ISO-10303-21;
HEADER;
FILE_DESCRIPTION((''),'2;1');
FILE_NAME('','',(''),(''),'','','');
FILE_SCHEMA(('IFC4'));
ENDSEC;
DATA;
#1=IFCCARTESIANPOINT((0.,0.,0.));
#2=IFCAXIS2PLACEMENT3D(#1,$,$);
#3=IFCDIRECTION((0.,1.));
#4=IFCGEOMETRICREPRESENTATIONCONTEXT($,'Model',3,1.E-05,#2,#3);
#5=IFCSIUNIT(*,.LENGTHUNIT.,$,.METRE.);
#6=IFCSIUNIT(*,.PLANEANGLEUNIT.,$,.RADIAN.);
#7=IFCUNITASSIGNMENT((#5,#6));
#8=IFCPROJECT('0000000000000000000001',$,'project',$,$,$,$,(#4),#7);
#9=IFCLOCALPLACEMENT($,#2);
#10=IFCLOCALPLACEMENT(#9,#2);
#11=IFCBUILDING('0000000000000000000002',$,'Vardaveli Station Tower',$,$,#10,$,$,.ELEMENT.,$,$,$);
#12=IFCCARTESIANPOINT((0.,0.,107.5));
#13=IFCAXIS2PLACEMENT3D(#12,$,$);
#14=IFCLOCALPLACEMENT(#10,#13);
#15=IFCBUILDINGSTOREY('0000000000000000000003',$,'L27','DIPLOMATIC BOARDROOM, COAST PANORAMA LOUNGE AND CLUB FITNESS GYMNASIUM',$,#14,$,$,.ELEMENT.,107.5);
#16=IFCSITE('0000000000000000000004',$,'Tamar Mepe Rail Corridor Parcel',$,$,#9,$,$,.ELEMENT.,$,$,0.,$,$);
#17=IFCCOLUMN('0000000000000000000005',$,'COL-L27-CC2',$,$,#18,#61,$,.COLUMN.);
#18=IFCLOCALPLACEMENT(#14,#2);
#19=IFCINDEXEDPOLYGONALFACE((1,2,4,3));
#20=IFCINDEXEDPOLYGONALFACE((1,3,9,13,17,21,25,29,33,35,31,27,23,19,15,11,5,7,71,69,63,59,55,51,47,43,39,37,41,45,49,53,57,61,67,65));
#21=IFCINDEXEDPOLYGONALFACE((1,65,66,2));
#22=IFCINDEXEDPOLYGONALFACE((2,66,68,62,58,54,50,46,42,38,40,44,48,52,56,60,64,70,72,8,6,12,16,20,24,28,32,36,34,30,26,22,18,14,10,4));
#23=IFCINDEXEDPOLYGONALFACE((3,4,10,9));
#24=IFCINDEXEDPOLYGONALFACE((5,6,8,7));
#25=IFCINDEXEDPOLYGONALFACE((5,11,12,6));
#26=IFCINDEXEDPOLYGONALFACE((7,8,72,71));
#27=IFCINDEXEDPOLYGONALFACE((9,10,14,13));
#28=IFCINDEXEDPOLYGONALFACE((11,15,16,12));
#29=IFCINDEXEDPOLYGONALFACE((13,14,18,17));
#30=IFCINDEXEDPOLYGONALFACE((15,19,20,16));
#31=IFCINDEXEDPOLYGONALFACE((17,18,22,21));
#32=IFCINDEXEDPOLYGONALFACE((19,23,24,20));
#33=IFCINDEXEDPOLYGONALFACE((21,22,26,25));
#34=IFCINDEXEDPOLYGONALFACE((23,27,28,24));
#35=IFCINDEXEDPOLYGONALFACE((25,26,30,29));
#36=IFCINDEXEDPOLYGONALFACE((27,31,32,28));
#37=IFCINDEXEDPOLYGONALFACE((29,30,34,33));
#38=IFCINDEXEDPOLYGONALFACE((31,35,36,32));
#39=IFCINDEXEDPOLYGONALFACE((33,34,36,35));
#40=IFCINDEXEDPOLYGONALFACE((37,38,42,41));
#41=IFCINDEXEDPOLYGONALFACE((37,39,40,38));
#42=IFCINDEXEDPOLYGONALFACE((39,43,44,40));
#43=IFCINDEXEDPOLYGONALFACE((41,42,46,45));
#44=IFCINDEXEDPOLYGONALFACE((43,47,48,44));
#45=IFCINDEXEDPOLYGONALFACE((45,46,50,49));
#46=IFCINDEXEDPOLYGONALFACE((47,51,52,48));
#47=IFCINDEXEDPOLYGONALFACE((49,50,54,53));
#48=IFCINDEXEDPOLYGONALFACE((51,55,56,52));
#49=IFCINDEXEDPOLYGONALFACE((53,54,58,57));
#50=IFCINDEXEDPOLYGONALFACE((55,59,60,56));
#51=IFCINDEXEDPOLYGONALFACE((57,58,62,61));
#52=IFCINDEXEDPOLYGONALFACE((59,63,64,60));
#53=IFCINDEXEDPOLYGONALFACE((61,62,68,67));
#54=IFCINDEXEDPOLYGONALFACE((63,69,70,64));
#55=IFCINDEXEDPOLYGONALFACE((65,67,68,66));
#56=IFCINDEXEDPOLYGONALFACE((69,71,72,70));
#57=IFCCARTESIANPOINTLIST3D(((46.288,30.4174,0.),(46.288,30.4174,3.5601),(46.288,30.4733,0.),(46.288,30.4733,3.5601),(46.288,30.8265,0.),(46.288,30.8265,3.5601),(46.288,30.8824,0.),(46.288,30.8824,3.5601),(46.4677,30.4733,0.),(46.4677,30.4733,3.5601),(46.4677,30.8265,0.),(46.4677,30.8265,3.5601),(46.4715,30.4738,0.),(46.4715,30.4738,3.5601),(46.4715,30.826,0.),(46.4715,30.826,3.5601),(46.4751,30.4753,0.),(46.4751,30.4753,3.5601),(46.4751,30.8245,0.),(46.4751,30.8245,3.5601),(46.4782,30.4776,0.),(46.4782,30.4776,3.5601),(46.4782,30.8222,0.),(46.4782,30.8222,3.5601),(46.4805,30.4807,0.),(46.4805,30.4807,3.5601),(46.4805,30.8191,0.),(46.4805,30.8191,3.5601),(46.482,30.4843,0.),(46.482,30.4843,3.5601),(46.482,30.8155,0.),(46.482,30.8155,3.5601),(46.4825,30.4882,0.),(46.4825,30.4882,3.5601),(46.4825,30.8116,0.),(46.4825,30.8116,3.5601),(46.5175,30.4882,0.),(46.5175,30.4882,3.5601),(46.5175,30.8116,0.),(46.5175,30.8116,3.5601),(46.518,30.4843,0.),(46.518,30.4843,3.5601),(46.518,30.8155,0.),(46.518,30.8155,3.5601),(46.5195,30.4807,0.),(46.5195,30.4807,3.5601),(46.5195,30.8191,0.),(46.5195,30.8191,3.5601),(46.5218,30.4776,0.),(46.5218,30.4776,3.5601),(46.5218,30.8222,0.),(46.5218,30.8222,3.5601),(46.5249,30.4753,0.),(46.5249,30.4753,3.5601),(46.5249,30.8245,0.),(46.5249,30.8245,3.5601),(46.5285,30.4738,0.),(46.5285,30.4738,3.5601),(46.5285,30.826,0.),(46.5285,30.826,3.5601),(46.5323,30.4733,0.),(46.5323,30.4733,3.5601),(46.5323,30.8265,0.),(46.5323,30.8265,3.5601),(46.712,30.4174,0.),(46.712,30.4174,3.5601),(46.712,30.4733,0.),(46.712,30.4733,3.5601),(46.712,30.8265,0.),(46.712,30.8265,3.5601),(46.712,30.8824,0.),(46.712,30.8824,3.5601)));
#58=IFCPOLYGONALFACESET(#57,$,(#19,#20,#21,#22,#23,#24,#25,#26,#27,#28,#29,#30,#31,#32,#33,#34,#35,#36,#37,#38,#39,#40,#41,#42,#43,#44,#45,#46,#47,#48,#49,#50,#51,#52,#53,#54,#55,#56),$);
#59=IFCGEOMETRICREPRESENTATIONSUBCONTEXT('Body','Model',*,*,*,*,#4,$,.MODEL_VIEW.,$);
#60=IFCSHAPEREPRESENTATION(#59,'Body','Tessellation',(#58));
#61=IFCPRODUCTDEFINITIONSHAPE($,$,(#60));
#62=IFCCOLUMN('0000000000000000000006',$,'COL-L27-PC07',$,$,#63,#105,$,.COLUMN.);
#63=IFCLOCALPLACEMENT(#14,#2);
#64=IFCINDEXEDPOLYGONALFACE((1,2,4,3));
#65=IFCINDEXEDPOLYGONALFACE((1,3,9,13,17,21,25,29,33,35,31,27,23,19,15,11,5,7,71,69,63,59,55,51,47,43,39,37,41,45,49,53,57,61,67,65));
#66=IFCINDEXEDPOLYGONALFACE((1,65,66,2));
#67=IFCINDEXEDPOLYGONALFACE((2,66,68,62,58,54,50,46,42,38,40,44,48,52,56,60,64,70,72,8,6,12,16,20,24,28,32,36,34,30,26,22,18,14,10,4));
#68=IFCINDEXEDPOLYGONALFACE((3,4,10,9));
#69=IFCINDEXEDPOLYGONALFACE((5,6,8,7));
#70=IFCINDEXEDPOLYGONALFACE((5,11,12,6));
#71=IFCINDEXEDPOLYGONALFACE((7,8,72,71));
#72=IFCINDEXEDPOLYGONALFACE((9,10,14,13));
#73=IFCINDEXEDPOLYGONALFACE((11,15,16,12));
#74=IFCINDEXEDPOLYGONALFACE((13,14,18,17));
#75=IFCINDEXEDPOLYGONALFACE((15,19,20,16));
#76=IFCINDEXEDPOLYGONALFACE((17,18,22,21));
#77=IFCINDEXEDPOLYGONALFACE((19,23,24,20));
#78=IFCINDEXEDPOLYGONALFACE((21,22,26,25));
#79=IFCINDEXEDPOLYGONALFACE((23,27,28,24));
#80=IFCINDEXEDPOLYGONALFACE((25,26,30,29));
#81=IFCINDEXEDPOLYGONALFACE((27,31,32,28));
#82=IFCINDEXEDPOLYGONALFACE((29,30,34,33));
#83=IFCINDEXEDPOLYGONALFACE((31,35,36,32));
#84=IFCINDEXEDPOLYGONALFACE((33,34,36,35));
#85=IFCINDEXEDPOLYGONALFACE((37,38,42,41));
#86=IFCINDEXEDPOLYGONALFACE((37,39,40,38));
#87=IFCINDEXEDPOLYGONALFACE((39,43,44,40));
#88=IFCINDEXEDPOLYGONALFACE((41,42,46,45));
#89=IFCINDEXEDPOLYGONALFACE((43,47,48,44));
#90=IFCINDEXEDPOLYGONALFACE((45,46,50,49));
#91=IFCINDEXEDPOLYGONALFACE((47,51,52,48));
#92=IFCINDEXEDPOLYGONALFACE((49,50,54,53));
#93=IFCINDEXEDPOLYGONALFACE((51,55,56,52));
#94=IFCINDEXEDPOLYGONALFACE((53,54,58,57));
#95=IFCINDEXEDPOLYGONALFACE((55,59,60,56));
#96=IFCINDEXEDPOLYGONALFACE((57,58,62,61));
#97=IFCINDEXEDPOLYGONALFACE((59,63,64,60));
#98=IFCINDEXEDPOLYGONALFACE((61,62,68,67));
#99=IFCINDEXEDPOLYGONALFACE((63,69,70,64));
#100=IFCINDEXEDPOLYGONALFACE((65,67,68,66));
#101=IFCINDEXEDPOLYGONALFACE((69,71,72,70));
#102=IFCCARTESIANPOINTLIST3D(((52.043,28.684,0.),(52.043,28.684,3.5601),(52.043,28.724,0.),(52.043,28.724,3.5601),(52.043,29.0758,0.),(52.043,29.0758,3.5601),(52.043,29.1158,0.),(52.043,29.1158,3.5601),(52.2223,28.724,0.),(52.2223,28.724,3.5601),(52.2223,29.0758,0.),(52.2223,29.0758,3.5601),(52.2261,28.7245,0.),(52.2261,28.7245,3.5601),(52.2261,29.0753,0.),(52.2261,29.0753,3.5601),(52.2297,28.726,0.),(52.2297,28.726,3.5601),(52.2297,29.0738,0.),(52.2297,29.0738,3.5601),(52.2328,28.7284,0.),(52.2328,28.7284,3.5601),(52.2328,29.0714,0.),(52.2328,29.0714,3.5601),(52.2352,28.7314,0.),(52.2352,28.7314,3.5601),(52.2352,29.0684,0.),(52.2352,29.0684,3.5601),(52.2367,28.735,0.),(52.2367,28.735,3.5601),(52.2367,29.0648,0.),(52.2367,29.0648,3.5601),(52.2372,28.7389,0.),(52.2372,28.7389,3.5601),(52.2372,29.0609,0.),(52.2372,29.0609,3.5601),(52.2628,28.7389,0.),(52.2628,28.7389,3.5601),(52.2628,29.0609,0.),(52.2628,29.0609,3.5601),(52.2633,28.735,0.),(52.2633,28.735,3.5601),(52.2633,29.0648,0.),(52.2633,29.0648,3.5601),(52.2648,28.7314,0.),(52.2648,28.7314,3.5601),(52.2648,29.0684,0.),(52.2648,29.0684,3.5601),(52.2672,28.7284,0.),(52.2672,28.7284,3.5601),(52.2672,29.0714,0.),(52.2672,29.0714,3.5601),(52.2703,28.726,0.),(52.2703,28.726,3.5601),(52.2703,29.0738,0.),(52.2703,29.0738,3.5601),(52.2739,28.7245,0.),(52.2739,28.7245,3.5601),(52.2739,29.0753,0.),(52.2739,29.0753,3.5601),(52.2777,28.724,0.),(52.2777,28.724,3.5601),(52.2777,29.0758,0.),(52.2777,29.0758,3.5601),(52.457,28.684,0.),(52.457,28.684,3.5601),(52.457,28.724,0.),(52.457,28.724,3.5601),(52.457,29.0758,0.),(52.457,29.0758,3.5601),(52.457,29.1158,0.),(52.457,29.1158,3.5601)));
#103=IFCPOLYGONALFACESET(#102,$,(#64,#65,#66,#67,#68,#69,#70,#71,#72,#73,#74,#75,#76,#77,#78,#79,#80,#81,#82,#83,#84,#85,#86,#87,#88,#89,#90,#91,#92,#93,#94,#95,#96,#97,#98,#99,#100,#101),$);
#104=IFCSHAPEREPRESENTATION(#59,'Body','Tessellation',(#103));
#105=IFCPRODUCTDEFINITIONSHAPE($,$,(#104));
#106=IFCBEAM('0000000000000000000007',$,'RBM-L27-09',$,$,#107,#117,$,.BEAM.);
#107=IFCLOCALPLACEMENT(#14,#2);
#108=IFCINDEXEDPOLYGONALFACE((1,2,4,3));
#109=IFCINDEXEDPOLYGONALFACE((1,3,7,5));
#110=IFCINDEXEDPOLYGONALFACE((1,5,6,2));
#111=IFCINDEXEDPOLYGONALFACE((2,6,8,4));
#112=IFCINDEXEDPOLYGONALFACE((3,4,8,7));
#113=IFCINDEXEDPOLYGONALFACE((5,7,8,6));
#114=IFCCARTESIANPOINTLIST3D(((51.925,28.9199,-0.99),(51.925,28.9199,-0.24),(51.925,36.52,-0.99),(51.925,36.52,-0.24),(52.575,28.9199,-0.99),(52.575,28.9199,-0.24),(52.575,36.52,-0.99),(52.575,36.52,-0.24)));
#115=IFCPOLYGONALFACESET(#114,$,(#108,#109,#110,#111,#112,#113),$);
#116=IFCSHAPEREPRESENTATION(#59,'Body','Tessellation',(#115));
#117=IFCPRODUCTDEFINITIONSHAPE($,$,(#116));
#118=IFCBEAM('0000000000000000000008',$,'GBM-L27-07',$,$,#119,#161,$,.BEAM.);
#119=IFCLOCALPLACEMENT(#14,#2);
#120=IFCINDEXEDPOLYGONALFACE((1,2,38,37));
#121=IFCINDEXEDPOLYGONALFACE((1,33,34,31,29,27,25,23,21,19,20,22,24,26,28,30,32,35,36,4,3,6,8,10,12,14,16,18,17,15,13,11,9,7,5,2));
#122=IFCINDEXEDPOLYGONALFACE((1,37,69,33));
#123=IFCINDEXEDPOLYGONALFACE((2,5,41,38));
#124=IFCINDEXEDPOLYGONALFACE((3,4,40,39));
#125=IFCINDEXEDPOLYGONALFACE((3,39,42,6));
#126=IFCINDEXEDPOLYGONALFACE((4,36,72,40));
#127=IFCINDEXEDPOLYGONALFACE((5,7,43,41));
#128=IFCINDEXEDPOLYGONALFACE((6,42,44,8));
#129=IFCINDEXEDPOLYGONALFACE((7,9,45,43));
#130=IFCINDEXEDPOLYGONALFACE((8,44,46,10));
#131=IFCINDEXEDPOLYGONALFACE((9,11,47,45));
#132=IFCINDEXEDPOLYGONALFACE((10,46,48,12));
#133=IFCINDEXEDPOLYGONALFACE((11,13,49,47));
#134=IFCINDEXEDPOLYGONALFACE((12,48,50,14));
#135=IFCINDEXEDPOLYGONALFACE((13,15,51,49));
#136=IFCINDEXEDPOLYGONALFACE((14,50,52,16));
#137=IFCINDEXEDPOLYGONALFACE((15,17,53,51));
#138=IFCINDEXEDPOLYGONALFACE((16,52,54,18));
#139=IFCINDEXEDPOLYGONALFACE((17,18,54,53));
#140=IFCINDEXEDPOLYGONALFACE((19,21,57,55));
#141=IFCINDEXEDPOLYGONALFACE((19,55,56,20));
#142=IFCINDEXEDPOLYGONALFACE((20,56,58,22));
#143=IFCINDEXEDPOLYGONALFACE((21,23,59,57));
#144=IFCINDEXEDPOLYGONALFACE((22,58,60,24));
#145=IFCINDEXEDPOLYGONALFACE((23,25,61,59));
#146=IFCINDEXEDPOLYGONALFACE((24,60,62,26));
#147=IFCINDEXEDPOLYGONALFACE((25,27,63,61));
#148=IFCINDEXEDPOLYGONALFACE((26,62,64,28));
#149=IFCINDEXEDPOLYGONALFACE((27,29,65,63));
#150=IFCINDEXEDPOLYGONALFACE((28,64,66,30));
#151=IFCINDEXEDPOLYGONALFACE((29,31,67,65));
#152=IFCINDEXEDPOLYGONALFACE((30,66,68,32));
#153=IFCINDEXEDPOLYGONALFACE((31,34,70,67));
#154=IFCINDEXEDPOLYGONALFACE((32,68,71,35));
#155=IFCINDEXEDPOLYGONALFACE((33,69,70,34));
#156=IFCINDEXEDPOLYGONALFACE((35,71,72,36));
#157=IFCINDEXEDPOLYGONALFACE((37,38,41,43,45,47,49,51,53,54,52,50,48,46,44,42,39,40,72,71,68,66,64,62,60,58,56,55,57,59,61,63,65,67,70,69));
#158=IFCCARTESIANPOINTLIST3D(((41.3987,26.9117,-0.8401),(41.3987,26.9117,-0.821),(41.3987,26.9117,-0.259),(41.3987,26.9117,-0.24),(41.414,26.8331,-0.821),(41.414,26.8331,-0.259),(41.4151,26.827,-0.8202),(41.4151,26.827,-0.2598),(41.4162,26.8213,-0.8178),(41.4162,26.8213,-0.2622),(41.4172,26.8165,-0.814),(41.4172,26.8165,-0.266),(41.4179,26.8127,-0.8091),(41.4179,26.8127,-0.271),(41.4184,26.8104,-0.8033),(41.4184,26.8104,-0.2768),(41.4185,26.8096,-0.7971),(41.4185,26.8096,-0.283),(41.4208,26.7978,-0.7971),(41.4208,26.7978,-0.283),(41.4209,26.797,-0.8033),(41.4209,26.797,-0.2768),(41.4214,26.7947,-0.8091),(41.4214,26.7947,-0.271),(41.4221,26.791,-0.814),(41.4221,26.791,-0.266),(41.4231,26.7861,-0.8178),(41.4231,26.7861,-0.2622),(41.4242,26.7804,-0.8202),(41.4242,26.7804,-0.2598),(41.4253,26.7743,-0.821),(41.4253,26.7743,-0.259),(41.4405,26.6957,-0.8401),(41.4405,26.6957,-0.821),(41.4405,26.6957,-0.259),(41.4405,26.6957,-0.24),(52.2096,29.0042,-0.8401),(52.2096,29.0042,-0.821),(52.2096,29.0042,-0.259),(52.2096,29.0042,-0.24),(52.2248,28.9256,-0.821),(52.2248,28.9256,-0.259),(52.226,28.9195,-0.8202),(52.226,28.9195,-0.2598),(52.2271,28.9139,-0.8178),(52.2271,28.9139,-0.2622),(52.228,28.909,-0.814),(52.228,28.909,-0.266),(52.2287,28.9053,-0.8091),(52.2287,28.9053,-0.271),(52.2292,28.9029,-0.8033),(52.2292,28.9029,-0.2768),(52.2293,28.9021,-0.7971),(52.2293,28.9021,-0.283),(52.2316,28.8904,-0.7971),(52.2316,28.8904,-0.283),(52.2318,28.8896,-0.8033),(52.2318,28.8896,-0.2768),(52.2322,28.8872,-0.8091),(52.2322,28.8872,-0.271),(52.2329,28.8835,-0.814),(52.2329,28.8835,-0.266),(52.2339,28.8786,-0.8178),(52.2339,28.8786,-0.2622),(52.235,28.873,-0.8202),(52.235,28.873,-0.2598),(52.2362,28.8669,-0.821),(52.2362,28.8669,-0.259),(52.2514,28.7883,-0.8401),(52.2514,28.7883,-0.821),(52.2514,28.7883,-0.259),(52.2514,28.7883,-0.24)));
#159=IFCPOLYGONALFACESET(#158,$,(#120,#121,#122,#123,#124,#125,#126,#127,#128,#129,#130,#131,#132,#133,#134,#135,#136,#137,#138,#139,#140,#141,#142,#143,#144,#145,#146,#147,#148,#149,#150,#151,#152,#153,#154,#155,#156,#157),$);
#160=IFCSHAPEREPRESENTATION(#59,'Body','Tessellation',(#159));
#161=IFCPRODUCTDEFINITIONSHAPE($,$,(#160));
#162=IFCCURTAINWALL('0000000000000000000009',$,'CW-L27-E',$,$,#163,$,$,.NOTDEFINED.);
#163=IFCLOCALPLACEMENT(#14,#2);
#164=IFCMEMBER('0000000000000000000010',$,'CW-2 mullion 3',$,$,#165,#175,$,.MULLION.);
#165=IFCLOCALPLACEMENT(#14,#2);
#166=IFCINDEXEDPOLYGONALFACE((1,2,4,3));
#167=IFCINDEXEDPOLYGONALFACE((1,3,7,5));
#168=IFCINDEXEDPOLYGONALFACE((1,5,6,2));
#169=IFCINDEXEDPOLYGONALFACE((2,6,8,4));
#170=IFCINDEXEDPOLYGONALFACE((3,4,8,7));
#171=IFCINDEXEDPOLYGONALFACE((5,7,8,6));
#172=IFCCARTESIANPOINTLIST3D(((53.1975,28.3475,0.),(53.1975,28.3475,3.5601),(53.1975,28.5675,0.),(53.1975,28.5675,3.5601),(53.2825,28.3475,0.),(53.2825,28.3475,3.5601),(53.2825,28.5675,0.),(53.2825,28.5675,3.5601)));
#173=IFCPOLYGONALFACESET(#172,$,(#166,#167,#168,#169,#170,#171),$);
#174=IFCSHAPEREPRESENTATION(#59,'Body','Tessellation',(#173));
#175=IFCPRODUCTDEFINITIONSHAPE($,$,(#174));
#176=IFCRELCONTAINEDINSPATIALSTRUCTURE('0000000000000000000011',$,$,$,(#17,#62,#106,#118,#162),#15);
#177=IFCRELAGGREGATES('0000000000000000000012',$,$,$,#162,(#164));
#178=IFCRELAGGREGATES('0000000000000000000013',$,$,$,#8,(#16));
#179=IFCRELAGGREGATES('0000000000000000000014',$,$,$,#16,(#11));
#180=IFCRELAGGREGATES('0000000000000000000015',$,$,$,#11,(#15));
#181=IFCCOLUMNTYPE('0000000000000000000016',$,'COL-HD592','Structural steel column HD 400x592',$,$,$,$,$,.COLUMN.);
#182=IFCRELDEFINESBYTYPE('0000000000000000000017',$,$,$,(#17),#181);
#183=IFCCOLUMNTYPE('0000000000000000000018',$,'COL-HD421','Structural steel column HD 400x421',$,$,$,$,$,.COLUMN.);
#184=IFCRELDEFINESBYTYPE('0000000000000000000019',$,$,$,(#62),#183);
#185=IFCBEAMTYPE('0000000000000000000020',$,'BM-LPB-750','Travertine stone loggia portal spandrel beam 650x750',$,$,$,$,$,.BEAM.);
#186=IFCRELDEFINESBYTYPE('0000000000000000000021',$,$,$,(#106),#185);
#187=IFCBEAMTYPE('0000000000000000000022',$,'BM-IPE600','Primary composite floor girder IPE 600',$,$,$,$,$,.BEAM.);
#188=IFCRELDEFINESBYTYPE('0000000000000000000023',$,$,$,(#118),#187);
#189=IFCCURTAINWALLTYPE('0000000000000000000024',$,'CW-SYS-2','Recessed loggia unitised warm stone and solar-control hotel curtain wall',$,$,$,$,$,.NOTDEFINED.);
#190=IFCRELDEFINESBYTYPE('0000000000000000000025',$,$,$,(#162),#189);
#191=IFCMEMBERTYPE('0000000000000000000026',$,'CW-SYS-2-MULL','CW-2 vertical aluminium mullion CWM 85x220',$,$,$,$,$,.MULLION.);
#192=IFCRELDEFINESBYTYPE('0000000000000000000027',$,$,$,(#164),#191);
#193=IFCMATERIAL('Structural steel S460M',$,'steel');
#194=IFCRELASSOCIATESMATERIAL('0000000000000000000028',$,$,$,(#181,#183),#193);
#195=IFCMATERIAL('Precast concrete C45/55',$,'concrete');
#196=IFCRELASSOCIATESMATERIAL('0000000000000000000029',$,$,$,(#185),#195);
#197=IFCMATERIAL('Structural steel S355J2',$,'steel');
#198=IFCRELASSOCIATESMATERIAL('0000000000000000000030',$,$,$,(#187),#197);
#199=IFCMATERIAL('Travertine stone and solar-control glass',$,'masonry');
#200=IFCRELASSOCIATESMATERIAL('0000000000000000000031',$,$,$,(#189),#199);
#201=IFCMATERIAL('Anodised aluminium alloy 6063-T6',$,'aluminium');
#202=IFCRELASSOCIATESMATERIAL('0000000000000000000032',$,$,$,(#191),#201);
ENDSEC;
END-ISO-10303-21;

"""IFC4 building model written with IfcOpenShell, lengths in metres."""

from ifc_helpers import new_model, si_unit, direction, frame, origin, origin_2d, place, context, subcontext, project, spatial, rectangle, i_section, extrude, source, transform, mapped, material, material_profile, profile_set, type_object, element, aggregate, save


model = new_model("IFC4")

# Units and contexts
model_context = context("Model", 3, precision=1e-05, world=origin(), true_north=direction((0.0, 1.0)))
body_context = subcontext(model_context, "Body", "Model", "MODEL_VIEW")
ifc_project = project(units=[si_unit("LENGTHUNIT", "METRE"), si_unit("PLANEANGLEUNIT", "RADIAN")], contexts=[model_context])

# Site, building, storey
site_placement = place(None, origin())
site = spatial("IfcSite", under=ifc_project, at=site_placement, Name="Tamar Mepe Rail Corridor Parcel", CompositionType="ELEMENT", RefElevation=0.0)
building_placement = place(site_placement, origin())
building = spatial("IfcBuilding", under=site, at=building_placement, Name="Vardaveli Station Tower", CompositionType="ELEMENT")
storey_placement = place(building_placement, frame((0.0, 0.0, 107.5)))
storey = spatial("IfcBuildingStorey", under=building, at=storey_placement, Name="L27", Description="DIPLOMATIC BOARDROOM, COAST PANORAMA LOUNGE AND CLUB FITNESS GYMNASIUM", CompositionType="ELEMENT", Elevation=107.5)

# Columns
ifc_material_1 = material(Name="Structural steel S460M", Category="steel")
ifc_material_profile_1 = material_profile(ifc_material_1, i_section(OverallWidth=0.4241, OverallDepth=0.4651, WebThickness=0.0349, FlangeThickness=0.0559, FilletRadius=0.0149, at=origin_2d()), Name="HD 400x592")
ifc_profile_set_1 = profile_set([ifc_material_profile_1], Name="Structural steel S460M")
column_type_1 = type_object("IfcColumnType", Name="COL-HD592", Description="Structural steel column HD 400x592", PredefinedType="COLUMN", material=ifc_profile_set_1)
shared_shape_1 = source(origin(), body_context, "Body", "SweptSolid", [
    extrude(i_section(OverallWidth=0.4241, OverallDepth=0.4651, WebThickness=0.0349, FlangeThickness=0.0559, FilletRadius=0.0149, at=origin_2d()), origin(), (0.0, 0.0, 1.0), 3.5601),
])
column_1_placement = place(storey_placement, frame((46.5, 30.6499, 0.0), z_axis=(0.0, 0.0, 1.0), x_axis=(1.0, 0.0, 0.0)))
element("IfcColumn", 1, at=column_1_placement, inside=storey, type_object=column_type_1, Name="COL-L27-CC2", PredefinedType="COLUMN", context=body_context, shape_type="MappedRepresentation", body=[
    mapped(shared_shape_1, transform((0.0, 0.0, 0.0), scale=1.0)),
])
ifc_material_profile_2 = material_profile(ifc_material_1, i_section(OverallWidth=0.4141, OverallDepth=0.4319, WebThickness=0.0256, FlangeThickness=0.04, FilletRadius=0.0149, at=origin_2d()), Name="HD 400x421")
ifc_profile_set_2 = profile_set([ifc_material_profile_2], Name="Structural steel S460M")
column_type_2 = type_object("IfcColumnType", Name="COL-HD421", Description="Structural steel column HD 400x421", PredefinedType="COLUMN", material=ifc_profile_set_2)
shared_shape_2 = source(origin(), body_context, "Body", "SweptSolid", [
    extrude(i_section(OverallWidth=0.4141, OverallDepth=0.4319, WebThickness=0.0256, FlangeThickness=0.04, FilletRadius=0.0149, at=origin_2d()), origin(), (0.0, 0.0, 1.0), 3.5601),
])
column_2_placement = place(storey_placement, frame((52.25, 28.8999, 0.0), z_axis=(0.0, 0.0, 1.0), x_axis=(1.0, 0.0, 0.0)))
element("IfcColumn", 2, at=column_2_placement, inside=storey, type_object=column_type_2, Name="COL-L27-PC07", PredefinedType="COLUMN", context=body_context, shape_type="MappedRepresentation", body=[
    mapped(shared_shape_2, transform((0.0, 0.0, 0.0), scale=1.0)),
])

# Beams
ifc_material_2 = material(Name="Precast concrete C45/55", Category="concrete")
ifc_material_profile_3 = material_profile(ifc_material_2, rectangle(XDim=0.6499, YDim=0.75, at=origin_2d()), Name="LPB 650x750")
ifc_profile_set_3 = profile_set([ifc_material_profile_3], Name="Precast concrete C45/55")
beam_type_1 = type_object("IfcBeamType", Name="BM-LPB-750", Description="Travertine stone loggia portal spandrel beam 650x750", PredefinedType="BEAM", material=ifc_profile_set_3)
shared_shape_3 = source(origin(), body_context, "Body", "SweptSolid", [
    extrude(rectangle(XDim=0.6499, YDim=0.75, at=origin_2d()), origin(), (0.0, 0.0, 1.0), 7.6001),
])
beam_1_placement = place(storey_placement, frame((52.25, 28.9199, -0.615), z_axis=(0.0, 1.0, 0.0), x_axis=(-1.0, 0.0, 0.0)))
element("IfcBeam", 3, at=beam_1_placement, inside=storey, type_object=beam_type_1, Name="RBM-L27-09", PredefinedType="BEAM", context=body_context, shape_type="MappedRepresentation", body=[
    mapped(shared_shape_3, transform((0.0, 0.0, 0.0), scale=1.0)),
])
ifc_material_3 = material(Name="Structural steel S355J2", Category="steel")
ifc_material_profile_4 = material_profile(ifc_material_3, i_section(OverallWidth=0.22, OverallDepth=0.6001, WebThickness=0.012, FlangeThickness=0.019, FilletRadius=0.0239, at=origin_2d()), Name="IPE 600")
ifc_profile_set_4 = profile_set([ifc_material_profile_4], Name="Structural steel S355J2")
beam_type_2 = type_object("IfcBeamType", Name="BM-IPE600", Description="Primary composite floor girder IPE 600", PredefinedType="BEAM", material=ifc_profile_set_4)
shared_shape_4 = source(origin(), body_context, "Body", "SweptSolid", [
    extrude(i_section(OverallWidth=0.22, OverallDepth=0.6001, WebThickness=0.012, FlangeThickness=0.019, FilletRadius=0.0239, at=origin_2d()), origin(), (0.0, 0.0, 1.0), 11.0115),
])
beam_2_placement = place(storey_placement, frame((52.2305, 28.8962, -0.54), z_axis=(-0.981778, -0.190032, 0.0), x_axis=(0.190032, -0.981778, 0.0)))
element("IfcBeam", 4, at=beam_2_placement, inside=storey, type_object=beam_type_2, Name="GBM-L27-07", PredefinedType="BEAM", context=body_context, shape_type="MappedRepresentation", body=[
    mapped(shared_shape_4, transform((0.0, 0.0, 0.0), scale=1.0)),
])

# Curtain wall, member
ifc_material_4 = material(Name="Travertine stone and solar-control glass", Category="masonry")
curtain_wall_type = type_object("IfcCurtainWallType", Name="CW-SYS-2", Description="Recessed loggia unitised warm stone and solar-control hotel curtain wall", PredefinedType="NOTDEFINED", material=ifc_material_4)
curtain_wall_placement = place(storey_placement, origin())
curtain_wall = element("IfcCurtainWall", 5, at=curtain_wall_placement, inside=storey, type_object=curtain_wall_type, Name="CW-L27-E", PredefinedType="NOTDEFINED")
ifc_material_5 = material(Name="Anodised aluminium alloy 6063-T6", Category="aluminium")
ifc_material_profile_5 = material_profile(ifc_material_5, rectangle(XDim=0.085, YDim=0.22, at=origin_2d()), Name="CWM 85x220")
ifc_profile_set_5 = profile_set([ifc_material_profile_5], Name="Anodised aluminium alloy 6063-T6")
member_type = type_object("IfcMemberType", Name="CW-SYS-2-MULL", Description="CW-2 vertical aluminium mullion CWM 85x220", PredefinedType="MULLION", material=ifc_profile_set_5)
shared_shape_5 = source(origin(), body_context, "Body", "SweptSolid", [
    extrude(rectangle(XDim=0.085, YDim=0.22, at=origin_2d()), origin(), (0.0, 0.0, 1.0), 3.5601),
])
member_placement = place(storey_placement, frame((53.24, 28.4575, 0.0), z_axis=(0.0, 0.0, 1.0), x_axis=(-1.0, 0.0, 0.0)))
member = element("IfcMember", 6, at=member_placement, type_object=member_type, Name="CW-2 mullion 3", PredefinedType="MULLION", context=body_context, shape_type="MappedRepresentation", body=[
    mapped(shared_shape_5, transform((0.0, 0.0, 0.0), scale=1.0)),
])
aggregate(curtain_wall, [member])

save(model, "model.ifc")
